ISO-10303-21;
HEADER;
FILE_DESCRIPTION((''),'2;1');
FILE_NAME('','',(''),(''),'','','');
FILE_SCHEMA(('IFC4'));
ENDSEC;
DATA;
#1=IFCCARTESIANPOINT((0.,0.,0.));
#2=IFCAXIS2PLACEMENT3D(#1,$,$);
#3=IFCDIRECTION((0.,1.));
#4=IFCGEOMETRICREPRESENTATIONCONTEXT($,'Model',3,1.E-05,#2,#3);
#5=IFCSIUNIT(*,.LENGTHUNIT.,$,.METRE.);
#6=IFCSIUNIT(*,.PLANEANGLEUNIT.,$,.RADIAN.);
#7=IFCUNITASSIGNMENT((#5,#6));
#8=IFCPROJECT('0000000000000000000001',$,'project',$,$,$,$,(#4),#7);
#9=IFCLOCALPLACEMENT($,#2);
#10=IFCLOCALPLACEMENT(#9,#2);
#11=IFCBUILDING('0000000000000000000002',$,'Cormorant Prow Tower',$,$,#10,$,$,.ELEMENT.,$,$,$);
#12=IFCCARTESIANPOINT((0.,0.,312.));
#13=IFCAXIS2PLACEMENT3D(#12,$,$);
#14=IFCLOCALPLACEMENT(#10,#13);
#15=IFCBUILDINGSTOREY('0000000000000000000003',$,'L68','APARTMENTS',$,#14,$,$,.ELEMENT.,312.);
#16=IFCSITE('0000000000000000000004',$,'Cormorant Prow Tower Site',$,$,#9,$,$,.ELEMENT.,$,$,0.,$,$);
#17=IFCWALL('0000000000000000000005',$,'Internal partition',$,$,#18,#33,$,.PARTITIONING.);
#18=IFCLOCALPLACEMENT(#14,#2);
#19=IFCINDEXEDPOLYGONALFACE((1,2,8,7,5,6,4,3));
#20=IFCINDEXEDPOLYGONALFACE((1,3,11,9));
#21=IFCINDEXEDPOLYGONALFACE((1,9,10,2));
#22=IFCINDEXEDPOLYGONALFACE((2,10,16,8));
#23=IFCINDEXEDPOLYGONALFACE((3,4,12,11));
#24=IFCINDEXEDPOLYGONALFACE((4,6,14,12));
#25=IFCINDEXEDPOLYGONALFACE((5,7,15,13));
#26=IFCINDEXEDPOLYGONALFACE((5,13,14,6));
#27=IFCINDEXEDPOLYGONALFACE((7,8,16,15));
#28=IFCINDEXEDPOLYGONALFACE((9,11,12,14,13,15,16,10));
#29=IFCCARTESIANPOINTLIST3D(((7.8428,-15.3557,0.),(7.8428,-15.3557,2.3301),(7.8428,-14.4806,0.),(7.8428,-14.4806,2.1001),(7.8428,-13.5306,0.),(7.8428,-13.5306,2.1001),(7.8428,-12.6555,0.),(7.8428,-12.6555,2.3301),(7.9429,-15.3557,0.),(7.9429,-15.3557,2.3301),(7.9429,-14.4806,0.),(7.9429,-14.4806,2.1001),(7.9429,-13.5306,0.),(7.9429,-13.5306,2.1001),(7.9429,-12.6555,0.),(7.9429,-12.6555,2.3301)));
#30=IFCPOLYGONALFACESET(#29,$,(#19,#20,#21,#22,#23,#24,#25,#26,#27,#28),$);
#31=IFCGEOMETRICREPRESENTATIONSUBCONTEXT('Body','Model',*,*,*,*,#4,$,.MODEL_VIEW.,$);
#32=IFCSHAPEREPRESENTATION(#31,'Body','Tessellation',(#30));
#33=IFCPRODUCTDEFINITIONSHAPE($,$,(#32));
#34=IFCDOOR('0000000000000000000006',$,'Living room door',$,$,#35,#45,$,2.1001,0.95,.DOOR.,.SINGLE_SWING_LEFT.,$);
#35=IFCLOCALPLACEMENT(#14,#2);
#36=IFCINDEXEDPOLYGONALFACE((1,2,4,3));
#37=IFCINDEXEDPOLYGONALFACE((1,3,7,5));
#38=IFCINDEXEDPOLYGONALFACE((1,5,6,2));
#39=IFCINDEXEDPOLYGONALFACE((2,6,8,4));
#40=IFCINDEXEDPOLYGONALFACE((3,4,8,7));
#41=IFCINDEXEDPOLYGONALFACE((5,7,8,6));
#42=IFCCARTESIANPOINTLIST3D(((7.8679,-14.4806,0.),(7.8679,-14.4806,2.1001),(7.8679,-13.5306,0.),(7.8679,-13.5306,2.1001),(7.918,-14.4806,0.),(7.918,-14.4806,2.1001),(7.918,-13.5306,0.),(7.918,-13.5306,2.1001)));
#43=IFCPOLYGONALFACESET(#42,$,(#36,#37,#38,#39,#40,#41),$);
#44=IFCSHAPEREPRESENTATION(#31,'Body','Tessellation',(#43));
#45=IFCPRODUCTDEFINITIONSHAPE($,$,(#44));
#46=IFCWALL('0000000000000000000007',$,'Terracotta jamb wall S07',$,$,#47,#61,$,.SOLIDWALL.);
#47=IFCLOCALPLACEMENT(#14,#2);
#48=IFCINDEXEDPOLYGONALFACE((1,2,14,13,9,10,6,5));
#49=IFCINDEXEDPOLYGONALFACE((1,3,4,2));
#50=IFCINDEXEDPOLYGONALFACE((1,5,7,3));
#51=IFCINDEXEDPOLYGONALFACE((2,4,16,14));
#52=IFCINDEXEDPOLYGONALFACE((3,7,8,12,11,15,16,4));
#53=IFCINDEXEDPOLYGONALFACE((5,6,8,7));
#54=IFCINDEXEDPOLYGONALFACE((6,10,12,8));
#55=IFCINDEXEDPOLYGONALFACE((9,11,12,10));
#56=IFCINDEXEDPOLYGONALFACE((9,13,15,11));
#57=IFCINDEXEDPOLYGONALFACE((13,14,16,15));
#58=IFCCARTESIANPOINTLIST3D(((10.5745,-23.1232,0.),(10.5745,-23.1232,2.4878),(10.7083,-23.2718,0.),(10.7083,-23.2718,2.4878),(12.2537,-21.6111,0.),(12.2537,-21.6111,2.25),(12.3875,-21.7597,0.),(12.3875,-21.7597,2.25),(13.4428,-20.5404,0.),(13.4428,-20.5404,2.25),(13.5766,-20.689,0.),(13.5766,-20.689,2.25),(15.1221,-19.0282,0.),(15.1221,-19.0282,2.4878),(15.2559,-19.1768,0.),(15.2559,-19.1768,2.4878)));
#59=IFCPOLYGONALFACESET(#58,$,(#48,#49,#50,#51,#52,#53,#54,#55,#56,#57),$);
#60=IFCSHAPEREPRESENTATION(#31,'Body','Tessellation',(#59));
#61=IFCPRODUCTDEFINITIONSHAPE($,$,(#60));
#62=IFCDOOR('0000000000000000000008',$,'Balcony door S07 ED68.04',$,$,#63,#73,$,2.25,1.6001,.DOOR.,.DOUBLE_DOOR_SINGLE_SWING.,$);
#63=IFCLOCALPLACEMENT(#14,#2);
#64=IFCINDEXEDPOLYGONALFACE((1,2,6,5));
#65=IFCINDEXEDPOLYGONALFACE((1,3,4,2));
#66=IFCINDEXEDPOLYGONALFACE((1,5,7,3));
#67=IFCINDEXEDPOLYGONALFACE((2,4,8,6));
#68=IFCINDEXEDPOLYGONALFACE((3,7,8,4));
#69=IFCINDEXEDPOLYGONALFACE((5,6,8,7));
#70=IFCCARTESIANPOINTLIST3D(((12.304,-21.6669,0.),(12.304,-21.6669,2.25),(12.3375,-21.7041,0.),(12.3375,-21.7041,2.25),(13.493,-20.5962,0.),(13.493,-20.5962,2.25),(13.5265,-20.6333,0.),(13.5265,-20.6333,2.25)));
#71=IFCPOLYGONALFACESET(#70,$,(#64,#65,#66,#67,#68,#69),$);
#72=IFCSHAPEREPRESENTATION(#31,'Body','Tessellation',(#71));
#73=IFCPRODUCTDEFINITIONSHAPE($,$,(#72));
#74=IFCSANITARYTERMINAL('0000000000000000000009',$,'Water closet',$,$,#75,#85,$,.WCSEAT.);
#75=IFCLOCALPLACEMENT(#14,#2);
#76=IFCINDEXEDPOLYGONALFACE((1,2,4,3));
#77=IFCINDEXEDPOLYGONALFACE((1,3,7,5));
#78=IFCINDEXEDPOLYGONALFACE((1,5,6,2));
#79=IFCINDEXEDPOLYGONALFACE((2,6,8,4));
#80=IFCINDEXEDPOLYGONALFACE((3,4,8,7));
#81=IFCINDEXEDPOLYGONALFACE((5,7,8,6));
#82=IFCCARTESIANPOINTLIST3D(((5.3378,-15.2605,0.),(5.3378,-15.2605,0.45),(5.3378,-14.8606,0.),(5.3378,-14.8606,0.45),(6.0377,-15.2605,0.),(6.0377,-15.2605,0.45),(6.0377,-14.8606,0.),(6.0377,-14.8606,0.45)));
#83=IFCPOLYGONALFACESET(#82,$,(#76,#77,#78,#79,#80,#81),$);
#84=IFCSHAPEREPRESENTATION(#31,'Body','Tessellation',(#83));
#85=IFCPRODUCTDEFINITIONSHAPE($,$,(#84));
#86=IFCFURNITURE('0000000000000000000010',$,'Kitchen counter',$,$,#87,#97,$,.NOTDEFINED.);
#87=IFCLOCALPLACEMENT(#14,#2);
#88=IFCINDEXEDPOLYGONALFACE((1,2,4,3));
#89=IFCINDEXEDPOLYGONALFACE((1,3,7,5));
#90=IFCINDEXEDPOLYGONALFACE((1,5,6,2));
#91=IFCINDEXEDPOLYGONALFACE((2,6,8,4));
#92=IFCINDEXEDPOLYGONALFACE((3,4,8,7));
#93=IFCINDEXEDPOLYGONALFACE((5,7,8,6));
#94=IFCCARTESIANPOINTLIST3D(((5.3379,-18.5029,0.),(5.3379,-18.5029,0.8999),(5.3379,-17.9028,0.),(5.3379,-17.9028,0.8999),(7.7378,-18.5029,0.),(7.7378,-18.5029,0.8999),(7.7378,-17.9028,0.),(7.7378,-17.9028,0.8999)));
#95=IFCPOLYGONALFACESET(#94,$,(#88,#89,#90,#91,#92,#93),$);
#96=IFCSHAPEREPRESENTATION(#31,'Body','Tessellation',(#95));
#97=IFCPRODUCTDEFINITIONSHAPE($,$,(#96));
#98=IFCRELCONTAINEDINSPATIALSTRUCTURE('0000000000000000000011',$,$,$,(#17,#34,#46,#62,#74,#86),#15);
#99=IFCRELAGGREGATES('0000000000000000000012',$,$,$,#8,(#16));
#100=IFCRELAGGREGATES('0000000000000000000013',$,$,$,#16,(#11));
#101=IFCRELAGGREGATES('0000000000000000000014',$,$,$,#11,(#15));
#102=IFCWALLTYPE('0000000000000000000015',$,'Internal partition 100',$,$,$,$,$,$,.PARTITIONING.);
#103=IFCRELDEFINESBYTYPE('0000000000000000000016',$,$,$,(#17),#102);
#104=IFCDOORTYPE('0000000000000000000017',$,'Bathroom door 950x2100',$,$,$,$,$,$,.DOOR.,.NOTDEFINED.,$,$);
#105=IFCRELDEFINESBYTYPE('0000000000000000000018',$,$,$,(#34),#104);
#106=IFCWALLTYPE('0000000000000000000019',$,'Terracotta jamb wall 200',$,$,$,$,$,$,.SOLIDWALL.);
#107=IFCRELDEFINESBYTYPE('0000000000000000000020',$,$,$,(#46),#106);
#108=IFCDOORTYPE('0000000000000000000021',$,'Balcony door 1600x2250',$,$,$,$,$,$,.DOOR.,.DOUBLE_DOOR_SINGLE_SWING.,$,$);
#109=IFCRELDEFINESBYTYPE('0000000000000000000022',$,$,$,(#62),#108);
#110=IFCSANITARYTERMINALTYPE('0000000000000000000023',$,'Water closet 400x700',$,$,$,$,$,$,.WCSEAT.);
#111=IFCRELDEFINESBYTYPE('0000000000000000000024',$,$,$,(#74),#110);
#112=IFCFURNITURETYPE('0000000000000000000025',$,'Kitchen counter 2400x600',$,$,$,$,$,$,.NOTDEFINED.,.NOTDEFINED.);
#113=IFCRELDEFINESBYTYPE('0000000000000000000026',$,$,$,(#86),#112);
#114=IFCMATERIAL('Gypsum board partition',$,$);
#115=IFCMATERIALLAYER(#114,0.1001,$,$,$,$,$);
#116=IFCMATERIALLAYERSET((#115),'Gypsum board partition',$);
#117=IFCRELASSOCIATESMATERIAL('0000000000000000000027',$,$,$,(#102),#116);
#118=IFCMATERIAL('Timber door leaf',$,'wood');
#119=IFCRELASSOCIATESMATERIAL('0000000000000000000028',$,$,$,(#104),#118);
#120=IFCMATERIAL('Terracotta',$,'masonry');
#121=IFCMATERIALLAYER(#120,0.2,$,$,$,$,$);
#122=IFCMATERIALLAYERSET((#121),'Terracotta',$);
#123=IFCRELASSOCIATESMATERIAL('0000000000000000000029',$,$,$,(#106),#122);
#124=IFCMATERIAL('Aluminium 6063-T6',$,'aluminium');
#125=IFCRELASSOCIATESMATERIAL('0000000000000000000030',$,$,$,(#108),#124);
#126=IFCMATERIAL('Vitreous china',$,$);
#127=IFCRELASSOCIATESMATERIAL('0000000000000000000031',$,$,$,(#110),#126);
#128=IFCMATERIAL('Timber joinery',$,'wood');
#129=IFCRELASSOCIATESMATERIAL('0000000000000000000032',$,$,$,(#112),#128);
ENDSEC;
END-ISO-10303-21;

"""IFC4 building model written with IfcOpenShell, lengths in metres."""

from ifc_helpers import new_model, si_unit, direction, frame, frame_2d, origin, origin_2d, place, context, subcontext, project, spatial, rectangle, extrude, material, layer, layer_set, type_object, element, fill, save


model = new_model("IFC4")

# Units and contexts
model_context = context("Model", 3, precision=1e-05, world=origin(), true_north=direction((0.0, 1.0)))
body_context = subcontext(model_context, "Body", "Model", "MODEL_VIEW")
ifc_project = project(units=[si_unit("LENGTHUNIT", "METRE"), si_unit("PLANEANGLEUNIT", "RADIAN")], contexts=[model_context])

# Site, building, storey
site_placement = place(None, origin())
site = spatial("IfcSite", under=ifc_project, at=site_placement, Name="Cormorant Prow Tower Site", CompositionType="ELEMENT", RefElevation=0.0)
building_placement = place(site_placement, origin())
building = spatial("IfcBuilding", under=site, at=building_placement, Name="Cormorant Prow Tower", CompositionType="ELEMENT")
storey_placement = place(building_placement, frame((0.0, 0.0, 312.0)))
storey = spatial("IfcBuildingStorey", under=building, at=storey_placement, Name="L68", Description="APARTMENTS", CompositionType="ELEMENT", Elevation=312.0)

# Walls, openings, doors
ifc_material_1 = material(Name="Gypsum board partition")
ifc_layer_1 = layer(ifc_material_1, 0.1001)
ifc_layer_set_1 = layer_set([ifc_layer_1], Name="Gypsum board partition")
wall_type_1 = type_object("IfcWallType", Name="Internal partition 100", PredefinedType="PARTITIONING", material=ifc_layer_set_1)
ifc_material_2 = material(Name="Timber door leaf", Category="wood")
door_type_1 = type_object("IfcDoorType", Name="Bathroom door 950x2100", OperationType="NOTDEFINED", PredefinedType="DOOR", material=ifc_material_2)
wall_1_placement = place(storey_placement, frame((7.8928, -15.3557, 0.0), z_axis=(0.0, 0.0, 1.0), x_axis=(0.0, 1.0, 0.0)))
wall_1 = element("IfcWall", 1, at=wall_1_placement, inside=storey, type_object=wall_type_1, Name="Internal partition", PredefinedType="PARTITIONING", context=body_context, shape_type="SweptSolid", body=[
    extrude(rectangle(XDim=2.7002, YDim=0.1001, at=frame_2d((1.3501, 0.0))), origin(), (0.0, 0.0, 1.0), 2.3301),
])
opening_1_placement = place(wall_1_placement, frame((0.875, 0.0, 0.0)))
opening_1 = element("IfcOpeningElement", 2, at=opening_1_placement, cuts=wall_1, PredefinedType="OPENING", context=body_context, shape_type="SweptSolid", body=[
    extrude(rectangle(XDim=0.95, YDim=2.1001, at=frame_2d((0.4751, 1.05))), frame((0.0, 0.0601, 0.0), z_axis=(0.0, -1.0, 0.0), x_axis=(1.0, 0.0, 0.0)), (0.0, 0.0, 1.0), 0.1201),
])
door_1_placement = place(opening_1_placement, origin())
door_1 = element("IfcDoor", 3, at=door_1_placement, inside=storey, type_object=door_type_1, Name="Living room door", OperationType="SINGLE_SWING_LEFT", OverallHeight=2.1001, OverallWidth=0.95, PredefinedType="DOOR", context=body_context, shape_type="SweptSolid", body=[
    extrude(rectangle(XDim=0.95, YDim=2.1001, at=frame_2d((0.4751, 1.05))), frame((0.0, 0.0249, 0.0), z_axis=(0.0, -1.0, 0.0), x_axis=(1.0, 0.0, 0.0)), (0.0, 0.0, 1.0), 0.05),
])
fill(opening_1, door_1)
ifc_material_3 = material(Name="Terracotta", Category="masonry")
ifc_layer_2 = layer(ifc_material_3, 0.2)
ifc_layer_set_2 = layer_set([ifc_layer_2], Name="Terracotta")
wall_type_2 = type_object("IfcWallType", Name="Terracotta jamb wall 200", PredefinedType="SOLIDWALL", material=ifc_layer_set_2)
wall_2_placement = place(storey_placement, frame((10.6414, -23.1975, 0.0), z_axis=(0.0, 0.0, 1.0), x_axis=(0.743122, 0.669156, 0.0)))
wall_2 = element("IfcWall", 4, at=wall_2_placement, inside=storey, type_object=wall_type_2, Name="Terracotta jamb wall S07", PredefinedType="SOLIDWALL", context=body_context, shape_type="SweptSolid", body=[
    extrude(rectangle(XDim=6.1196, YDim=0.2, at=frame_2d((3.0598, 0.0))), origin(), (0.0, 0.0, 1.0), 2.4878),
])
opening_2_placement = place(wall_2_placement, frame((2.2598, 0.0, 0.0)))
opening_2 = element("IfcOpeningElement", 5, at=opening_2_placement, cuts=wall_2, PredefinedType="OPENING", context=body_context, shape_type="SweptSolid", body=[
    extrude(rectangle(XDim=1.6001, YDim=2.25, at=frame_2d((0.8, 1.125))), frame((0.0, 0.1099, 0.0), z_axis=(0.0, -1.0, 0.0), x_axis=(1.0, 0.0, 0.0)), (0.0, 0.0, 1.0), 0.22),
])
ifc_material_4 = material(Name="Aluminium 6063-T6", Category="aluminium")
door_type_2 = type_object("IfcDoorType", Name="Balcony door 1600x2250", OperationType="DOUBLE_DOOR_SINGLE_SWING", PredefinedType="DOOR", material=ifc_material_4)
door_2_placement = place(opening_2_placement, origin())
door_2 = element("IfcDoor", 6, at=door_2_placement, inside=storey, type_object=door_type_2, Name="Balcony door S07 ED68.04", OperationType="DOUBLE_DOOR_SINGLE_SWING", OverallHeight=2.25, OverallWidth=1.6001, PredefinedType="DOOR", context=body_context, shape_type="SweptSolid", body=[
    extrude(rectangle(XDim=1.6001, YDim=2.25, at=frame_2d((0.8, 1.125))), frame((0.0, 0.0249, 0.0), z_axis=(0.0, -1.0, 0.0), x_axis=(1.0, 0.0, 0.0)), (0.0, 0.0, 1.0), 0.05),
])
fill(opening_2, door_2)

# Sanitary terminal
ifc_material_5 = material(Name="Vitreous china")
sanitary_terminal_type = type_object("IfcSanitaryTerminalType", Name="Water closet 400x700", PredefinedType="WCSEAT", material=ifc_material_5)
sanitary_terminal_placement = place(storey_placement, frame((5.6877, -15.0605, 0.0), z_axis=(0.0, 0.0, 1.0), x_axis=(0.0, 1.0, 0.0)))
element("IfcSanitaryTerminal", 7, at=sanitary_terminal_placement, inside=storey, type_object=sanitary_terminal_type, Name="Water closet", PredefinedType="WCSEAT", context=body_context, shape_type="SweptSolid", body=[
    extrude(rectangle(XDim=0.3999, YDim=0.7, at=origin_2d()), origin(), (0.0, 0.0, 1.0), 0.45),
])

# Furniture
ifc_material_6 = material(Name="Timber joinery", Category="wood")
furniture_type = type_object("IfcFurnitureType", Name="Kitchen counter 2400x600", AssemblyPlace="NOTDEFINED", PredefinedType="NOTDEFINED", material=ifc_material_6)
furniture_placement = place(storey_placement, frame((6.5378, -18.2029, 0.0), z_axis=(0.0, 0.0, 1.0), x_axis=(1.0, 0.0, 0.0)))
element("IfcFurniture", 8, at=furniture_placement, inside=storey, type_object=furniture_type, Name="Kitchen counter", PredefinedType="NOTDEFINED", context=body_context, shape_type="SweptSolid", body=[
    extrude(rectangle(XDim=2.3999, YDim=0.6001, at=origin_2d()), origin(), (0.0, 0.0, 1.0), 0.8999),
])

save(model, "model.ifc")
